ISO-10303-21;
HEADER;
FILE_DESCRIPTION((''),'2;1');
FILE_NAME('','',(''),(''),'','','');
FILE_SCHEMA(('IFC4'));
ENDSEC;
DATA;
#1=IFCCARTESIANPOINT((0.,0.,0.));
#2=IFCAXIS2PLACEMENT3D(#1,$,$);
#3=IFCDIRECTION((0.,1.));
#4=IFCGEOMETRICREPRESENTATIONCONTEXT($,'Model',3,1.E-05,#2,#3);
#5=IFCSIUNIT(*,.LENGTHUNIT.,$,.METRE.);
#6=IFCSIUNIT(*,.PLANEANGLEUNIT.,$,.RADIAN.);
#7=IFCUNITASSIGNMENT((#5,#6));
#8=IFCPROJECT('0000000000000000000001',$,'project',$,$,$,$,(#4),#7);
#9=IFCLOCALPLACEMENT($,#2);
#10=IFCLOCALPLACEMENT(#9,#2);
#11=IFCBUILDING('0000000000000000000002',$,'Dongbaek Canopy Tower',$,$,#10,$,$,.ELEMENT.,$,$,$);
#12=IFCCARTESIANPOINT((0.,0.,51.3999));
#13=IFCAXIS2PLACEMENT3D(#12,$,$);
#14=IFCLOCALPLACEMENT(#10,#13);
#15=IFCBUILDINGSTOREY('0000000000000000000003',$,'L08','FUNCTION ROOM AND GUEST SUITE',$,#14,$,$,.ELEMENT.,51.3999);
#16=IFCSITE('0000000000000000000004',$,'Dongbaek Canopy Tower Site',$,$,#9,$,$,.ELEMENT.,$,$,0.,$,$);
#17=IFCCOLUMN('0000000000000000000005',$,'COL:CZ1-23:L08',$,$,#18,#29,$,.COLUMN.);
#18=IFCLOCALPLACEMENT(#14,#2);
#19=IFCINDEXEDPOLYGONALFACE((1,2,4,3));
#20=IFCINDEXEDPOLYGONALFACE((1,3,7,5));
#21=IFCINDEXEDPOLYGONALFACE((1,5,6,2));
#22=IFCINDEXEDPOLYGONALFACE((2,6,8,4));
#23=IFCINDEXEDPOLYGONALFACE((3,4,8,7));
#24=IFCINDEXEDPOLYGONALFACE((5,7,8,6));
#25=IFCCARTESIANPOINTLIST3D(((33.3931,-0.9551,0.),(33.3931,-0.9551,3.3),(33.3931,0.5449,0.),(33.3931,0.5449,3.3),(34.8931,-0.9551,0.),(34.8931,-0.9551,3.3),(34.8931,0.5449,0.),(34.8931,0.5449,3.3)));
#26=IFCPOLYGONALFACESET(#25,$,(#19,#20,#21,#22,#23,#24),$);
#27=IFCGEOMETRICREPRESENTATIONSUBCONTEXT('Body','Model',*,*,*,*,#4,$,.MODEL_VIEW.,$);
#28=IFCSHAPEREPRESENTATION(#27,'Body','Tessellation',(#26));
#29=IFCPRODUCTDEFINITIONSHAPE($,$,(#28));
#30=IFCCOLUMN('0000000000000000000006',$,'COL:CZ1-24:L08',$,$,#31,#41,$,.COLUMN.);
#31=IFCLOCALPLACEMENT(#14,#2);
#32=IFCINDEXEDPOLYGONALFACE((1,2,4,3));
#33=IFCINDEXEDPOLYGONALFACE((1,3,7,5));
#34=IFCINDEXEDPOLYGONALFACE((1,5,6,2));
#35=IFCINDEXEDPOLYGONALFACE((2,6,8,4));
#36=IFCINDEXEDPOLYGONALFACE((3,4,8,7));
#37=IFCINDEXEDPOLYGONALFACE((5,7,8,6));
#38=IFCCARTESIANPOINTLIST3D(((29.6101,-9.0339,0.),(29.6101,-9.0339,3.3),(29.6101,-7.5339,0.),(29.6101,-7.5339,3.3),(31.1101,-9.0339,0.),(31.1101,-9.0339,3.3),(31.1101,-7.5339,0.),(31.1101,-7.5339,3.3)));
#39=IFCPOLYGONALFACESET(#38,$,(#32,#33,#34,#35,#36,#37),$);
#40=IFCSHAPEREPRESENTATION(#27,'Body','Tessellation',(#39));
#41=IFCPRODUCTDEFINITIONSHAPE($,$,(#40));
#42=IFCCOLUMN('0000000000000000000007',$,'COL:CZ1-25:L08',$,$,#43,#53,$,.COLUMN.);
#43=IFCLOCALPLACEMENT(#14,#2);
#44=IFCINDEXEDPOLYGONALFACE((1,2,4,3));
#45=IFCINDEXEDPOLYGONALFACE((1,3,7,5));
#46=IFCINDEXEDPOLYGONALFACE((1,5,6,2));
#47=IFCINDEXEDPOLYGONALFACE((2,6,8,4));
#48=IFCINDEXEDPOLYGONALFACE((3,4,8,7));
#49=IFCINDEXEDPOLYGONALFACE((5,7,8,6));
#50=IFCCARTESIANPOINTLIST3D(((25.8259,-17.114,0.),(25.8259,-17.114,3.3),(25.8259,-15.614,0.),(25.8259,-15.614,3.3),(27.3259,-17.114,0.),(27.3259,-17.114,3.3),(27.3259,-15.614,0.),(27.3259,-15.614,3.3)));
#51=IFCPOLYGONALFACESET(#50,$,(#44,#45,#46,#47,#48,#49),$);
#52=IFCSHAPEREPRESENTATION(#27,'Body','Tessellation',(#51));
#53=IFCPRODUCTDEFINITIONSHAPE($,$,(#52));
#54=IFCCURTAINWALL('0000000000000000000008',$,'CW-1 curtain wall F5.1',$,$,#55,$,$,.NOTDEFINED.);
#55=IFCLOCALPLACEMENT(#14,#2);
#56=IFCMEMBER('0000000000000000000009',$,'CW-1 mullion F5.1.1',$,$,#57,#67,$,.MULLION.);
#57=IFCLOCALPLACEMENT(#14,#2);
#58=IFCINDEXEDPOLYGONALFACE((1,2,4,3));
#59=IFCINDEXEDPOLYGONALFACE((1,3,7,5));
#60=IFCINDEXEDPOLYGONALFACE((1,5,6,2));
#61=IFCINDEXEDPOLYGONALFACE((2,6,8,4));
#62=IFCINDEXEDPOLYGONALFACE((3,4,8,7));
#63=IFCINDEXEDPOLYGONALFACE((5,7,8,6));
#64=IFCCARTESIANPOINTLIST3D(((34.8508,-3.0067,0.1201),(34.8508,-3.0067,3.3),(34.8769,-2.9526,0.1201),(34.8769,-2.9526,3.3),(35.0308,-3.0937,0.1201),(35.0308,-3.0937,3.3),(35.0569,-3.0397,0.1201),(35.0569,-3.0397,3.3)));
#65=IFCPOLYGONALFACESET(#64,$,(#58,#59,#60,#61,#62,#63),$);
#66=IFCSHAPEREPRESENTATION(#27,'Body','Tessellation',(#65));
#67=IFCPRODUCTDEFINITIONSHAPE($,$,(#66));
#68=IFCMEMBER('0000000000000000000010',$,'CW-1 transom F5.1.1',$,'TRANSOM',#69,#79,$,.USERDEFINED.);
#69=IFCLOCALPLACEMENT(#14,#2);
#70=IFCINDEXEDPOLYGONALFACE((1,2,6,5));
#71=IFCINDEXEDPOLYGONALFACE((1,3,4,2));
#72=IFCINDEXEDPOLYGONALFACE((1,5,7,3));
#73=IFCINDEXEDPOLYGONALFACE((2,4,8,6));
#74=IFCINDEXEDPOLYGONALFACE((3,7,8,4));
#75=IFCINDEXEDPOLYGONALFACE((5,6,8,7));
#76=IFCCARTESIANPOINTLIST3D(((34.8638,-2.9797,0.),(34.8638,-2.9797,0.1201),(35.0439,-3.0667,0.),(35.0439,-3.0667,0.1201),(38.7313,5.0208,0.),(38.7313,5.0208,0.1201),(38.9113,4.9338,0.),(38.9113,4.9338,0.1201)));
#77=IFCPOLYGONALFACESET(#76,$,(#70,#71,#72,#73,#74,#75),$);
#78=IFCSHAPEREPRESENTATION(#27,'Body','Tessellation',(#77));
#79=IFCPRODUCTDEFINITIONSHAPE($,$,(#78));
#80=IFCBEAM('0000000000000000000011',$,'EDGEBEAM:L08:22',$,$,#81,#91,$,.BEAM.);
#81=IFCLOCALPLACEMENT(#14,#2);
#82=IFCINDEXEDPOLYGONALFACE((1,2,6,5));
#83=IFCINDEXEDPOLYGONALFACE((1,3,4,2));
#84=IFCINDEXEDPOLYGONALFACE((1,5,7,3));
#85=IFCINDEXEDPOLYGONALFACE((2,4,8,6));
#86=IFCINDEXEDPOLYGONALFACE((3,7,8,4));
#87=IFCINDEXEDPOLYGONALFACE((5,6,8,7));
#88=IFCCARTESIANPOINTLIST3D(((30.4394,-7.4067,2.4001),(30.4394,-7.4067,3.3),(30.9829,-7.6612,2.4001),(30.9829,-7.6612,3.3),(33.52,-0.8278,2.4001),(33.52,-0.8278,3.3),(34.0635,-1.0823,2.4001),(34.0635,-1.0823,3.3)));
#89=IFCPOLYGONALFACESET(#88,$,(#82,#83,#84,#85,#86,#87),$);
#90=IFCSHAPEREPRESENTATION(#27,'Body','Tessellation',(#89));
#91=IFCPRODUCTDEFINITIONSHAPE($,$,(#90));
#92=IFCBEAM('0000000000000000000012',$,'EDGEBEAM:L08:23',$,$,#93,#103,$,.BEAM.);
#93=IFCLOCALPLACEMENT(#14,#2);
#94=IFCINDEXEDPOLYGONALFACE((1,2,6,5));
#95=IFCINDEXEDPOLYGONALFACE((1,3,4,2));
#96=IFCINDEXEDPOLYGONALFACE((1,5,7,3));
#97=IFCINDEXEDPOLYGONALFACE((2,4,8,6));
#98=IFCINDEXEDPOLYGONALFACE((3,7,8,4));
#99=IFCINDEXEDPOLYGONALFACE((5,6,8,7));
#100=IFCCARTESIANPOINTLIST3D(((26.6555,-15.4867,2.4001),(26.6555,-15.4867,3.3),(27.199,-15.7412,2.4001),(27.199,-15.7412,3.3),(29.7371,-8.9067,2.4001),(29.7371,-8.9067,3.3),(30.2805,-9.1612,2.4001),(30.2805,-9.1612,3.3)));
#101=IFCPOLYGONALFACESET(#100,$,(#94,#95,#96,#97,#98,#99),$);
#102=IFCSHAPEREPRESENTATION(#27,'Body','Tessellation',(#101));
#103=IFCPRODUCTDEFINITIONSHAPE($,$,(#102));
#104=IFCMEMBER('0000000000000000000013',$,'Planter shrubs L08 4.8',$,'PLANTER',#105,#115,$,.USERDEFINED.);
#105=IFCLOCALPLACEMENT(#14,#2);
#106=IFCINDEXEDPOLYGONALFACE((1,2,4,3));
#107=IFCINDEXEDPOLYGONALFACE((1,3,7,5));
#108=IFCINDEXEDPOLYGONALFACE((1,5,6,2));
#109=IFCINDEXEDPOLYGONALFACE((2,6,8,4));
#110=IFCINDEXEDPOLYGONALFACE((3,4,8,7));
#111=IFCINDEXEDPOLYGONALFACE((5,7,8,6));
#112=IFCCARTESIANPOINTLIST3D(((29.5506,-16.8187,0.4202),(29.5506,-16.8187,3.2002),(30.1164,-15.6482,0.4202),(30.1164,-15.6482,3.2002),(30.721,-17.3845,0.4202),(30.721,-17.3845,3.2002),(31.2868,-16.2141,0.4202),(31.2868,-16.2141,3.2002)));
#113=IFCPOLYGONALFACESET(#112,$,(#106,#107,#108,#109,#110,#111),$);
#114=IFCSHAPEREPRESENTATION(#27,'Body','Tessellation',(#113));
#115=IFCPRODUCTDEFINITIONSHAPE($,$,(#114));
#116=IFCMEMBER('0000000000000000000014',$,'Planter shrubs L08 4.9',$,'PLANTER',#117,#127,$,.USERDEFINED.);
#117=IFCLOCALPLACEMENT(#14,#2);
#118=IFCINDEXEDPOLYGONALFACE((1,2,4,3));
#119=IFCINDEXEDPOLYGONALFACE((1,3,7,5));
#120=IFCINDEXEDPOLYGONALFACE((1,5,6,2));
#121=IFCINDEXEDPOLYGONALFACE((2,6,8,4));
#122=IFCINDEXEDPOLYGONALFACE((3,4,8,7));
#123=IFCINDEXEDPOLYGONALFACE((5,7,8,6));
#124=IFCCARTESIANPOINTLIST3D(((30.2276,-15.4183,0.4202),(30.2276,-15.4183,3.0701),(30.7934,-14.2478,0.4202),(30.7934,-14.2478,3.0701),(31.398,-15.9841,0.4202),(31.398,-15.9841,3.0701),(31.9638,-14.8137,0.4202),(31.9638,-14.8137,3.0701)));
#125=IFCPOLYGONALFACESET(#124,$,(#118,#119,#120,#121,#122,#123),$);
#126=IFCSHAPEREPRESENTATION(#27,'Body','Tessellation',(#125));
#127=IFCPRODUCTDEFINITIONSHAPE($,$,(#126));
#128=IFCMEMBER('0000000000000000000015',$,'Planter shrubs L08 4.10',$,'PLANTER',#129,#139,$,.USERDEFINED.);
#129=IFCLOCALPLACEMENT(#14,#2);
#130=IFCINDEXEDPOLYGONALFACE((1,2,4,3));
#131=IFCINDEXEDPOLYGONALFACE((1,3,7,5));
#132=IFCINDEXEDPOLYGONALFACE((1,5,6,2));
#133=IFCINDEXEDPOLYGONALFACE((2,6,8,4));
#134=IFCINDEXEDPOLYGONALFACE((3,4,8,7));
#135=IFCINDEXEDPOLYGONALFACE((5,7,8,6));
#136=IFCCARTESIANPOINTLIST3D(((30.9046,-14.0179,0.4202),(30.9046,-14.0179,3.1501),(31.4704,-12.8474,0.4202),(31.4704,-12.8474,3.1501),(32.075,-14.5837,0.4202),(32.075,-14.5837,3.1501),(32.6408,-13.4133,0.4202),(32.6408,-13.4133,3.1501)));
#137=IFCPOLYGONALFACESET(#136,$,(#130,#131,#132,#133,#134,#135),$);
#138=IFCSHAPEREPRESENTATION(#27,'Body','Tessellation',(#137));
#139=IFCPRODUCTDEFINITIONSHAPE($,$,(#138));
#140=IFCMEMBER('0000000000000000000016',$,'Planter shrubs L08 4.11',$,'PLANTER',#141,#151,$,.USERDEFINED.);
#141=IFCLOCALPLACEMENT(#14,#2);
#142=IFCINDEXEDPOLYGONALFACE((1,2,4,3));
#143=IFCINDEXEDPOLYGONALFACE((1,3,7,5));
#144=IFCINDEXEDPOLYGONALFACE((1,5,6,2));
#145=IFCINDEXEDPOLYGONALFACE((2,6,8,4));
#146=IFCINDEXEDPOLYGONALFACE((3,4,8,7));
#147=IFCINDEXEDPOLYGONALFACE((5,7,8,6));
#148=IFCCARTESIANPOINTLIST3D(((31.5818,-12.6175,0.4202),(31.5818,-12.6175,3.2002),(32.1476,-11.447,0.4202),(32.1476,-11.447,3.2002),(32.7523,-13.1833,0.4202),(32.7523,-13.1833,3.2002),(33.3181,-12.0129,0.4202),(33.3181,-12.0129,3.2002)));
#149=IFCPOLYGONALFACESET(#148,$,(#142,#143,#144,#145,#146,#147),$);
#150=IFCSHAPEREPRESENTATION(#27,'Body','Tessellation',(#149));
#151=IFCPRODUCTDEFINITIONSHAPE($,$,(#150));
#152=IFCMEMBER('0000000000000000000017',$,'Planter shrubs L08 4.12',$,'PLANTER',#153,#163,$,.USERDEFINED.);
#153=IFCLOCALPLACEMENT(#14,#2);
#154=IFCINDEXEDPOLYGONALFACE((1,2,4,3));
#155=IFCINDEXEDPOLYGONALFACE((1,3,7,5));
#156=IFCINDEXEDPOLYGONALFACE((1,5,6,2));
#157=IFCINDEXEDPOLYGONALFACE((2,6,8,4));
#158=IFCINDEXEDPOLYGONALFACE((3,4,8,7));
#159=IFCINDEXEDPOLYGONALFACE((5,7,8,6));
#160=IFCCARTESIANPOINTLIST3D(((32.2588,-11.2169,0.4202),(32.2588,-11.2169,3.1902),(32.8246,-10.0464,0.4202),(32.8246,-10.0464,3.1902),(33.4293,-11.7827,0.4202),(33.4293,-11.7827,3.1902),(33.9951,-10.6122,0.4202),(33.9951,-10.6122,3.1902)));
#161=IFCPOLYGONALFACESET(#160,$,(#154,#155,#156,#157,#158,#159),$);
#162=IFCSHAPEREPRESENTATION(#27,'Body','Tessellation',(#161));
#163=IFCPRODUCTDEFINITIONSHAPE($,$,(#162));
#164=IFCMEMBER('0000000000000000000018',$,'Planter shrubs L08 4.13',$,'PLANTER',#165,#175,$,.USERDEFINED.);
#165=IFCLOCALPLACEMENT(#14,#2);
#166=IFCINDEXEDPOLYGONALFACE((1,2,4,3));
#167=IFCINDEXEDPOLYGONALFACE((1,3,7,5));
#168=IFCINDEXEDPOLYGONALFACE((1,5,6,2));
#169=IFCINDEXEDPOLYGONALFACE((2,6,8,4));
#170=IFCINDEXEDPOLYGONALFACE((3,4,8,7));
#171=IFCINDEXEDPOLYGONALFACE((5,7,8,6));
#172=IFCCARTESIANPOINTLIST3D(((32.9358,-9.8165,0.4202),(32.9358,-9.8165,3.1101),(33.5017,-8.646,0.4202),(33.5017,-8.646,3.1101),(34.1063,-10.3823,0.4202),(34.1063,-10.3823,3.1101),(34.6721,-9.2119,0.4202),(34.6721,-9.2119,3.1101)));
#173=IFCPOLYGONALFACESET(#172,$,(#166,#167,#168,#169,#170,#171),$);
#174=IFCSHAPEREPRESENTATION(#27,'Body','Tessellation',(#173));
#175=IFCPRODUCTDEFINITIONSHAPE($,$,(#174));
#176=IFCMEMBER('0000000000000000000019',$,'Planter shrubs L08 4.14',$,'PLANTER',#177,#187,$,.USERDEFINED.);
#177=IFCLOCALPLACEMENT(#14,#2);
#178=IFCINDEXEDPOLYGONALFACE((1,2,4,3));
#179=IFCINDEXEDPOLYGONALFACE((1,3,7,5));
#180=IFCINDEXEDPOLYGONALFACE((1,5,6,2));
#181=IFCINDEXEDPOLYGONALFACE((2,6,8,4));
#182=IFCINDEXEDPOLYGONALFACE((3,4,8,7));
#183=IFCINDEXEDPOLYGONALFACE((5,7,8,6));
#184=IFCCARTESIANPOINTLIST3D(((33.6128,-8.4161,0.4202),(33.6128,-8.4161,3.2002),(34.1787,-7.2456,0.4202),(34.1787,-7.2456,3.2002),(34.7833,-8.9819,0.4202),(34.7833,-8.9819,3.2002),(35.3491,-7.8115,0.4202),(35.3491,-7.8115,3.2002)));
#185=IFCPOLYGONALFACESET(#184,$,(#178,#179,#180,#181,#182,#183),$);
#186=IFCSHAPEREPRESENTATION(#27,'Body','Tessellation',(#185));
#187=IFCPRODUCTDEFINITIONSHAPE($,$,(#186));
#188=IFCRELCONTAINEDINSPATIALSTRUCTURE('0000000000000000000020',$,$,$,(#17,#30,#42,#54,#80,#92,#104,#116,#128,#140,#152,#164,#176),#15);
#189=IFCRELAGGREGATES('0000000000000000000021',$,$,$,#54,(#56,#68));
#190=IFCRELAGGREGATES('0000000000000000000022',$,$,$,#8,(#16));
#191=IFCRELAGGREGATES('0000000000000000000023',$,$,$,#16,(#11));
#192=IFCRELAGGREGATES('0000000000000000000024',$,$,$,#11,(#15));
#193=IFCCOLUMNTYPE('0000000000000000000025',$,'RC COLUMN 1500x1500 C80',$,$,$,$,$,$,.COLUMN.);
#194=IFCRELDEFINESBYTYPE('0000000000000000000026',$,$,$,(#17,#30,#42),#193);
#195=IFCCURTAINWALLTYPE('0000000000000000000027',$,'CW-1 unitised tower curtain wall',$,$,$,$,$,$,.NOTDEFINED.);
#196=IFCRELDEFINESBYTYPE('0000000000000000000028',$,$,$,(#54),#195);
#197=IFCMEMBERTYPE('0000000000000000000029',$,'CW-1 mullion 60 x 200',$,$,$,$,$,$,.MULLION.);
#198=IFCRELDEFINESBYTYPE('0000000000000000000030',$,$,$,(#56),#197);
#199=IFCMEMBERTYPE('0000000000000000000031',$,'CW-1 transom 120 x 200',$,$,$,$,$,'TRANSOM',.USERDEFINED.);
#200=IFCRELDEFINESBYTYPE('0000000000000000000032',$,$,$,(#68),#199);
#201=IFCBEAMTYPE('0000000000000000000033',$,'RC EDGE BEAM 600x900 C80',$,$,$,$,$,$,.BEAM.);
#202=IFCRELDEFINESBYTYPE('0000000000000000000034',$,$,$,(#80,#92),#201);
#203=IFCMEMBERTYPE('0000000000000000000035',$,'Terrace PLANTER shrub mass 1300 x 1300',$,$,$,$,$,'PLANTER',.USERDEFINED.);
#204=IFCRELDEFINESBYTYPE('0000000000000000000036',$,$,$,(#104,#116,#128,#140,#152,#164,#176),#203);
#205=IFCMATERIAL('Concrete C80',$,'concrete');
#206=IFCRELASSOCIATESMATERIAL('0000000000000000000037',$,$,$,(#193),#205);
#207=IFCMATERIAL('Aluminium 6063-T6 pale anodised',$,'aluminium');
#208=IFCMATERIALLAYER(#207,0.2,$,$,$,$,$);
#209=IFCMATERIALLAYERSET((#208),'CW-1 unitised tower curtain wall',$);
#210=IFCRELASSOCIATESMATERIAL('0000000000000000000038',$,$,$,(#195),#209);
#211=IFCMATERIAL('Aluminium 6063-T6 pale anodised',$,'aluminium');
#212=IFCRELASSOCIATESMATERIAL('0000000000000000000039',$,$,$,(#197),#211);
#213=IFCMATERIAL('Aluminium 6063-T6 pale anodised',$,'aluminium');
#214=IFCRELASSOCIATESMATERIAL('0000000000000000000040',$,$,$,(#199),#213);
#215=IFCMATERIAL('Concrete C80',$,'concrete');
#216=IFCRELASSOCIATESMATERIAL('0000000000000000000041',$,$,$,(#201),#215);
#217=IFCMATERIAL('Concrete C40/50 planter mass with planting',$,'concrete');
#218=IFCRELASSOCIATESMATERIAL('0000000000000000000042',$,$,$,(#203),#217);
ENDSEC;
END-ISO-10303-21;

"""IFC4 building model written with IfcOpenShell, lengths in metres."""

from ifc_helpers import new_model, si_unit, direction, frame, origin, origin_2d, place, context, subcontext, project, spatial, rectangle, extrude, material, layer, layer_set, material_profile, profile_set, type_object, element, aggregate, save


model = new_model("IFC4")

# Units and contexts
model_context = context("Model", 3, precision=1e-05, world=origin(), true_north=direction((0.0, 1.0)))
body_context = subcontext(model_context, "Body", "Model", "MODEL_VIEW")
ifc_project = project(units=[si_unit("LENGTHUNIT", "METRE"), si_unit("PLANEANGLEUNIT", "RADIAN")], contexts=[model_context])

# Site, building, storey
site_placement = place(None, origin())
site = spatial("IfcSite", under=ifc_project, at=site_placement, Name="Dongbaek Canopy Tower Site", CompositionType="ELEMENT", RefElevation=0.0)
building_placement = place(site_placement, origin())
building = spatial("IfcBuilding", under=site, at=building_placement, Name="Dongbaek Canopy Tower", CompositionType="ELEMENT")
storey_placement = place(building_placement, frame((0.0, 0.0, 51.3999)))
storey = spatial("IfcBuildingStorey", under=building, at=storey_placement, Name="L08", Description="FUNCTION ROOM AND GUEST SUITE", CompositionType="ELEMENT", Elevation=51.3999)

# Columns
ifc_material_1 = material(Name="Concrete C80", Category="concrete")
ifc_material_profile_1 = material_profile(ifc_material_1, rectangle(XDim=1.5, YDim=1.5, at=origin_2d()), Name="RC COLUMN 1500x1500 C80")
ifc_profile_set_1 = profile_set([ifc_material_profile_1], Name="Concrete C80")
column_type = type_object("IfcColumnType", Name="RC COLUMN 1500x1500 C80", PredefinedType="COLUMN", material=ifc_profile_set_1)
for number, where, z_axis, x_axis, name in (
    (1, (34.1431, -0.2051, 0.0), (0.0, 0.0, 1.0), (1.0, 0.0, 0.0), "COL:CZ1-23:L08"),
    (2, (30.3601, -8.2839, 0.0), (0.0, 0.0, 1.0), (1.0, 0.0, 0.0), "COL:CZ1-24:L08"),
    (3, (26.5759, -16.364, 0.0), (0.0, 0.0, 1.0), (1.0, 0.0, 0.0), "COL:CZ1-25:L08"),
):
    element("IfcColumn", number, at=place(storey_placement, frame(where, z_axis=z_axis, x_axis=x_axis)), inside=storey, type_object=column_type, Name=name, PredefinedType="COLUMN", context=body_context, shape_type="SweptSolid", body=[
        extrude(rectangle(XDim=1.5, YDim=1.5, at=origin_2d()), origin(), (0.0, 0.0, 1.0), 3.3),
    ])

# Curtain wall, members
ifc_material_2 = material(Name="Aluminium 6063-T6 pale anodised", Category="aluminium")
ifc_layer_1 = layer(ifc_material_2, 0.2)
ifc_layer_set_1 = layer_set([ifc_layer_1], Name="CW-1 unitised tower curtain wall")
curtain_wall_type = type_object("IfcCurtainWallType", Name="CW-1 unitised tower curtain wall", PredefinedType="NOTDEFINED", material=ifc_layer_set_1)
curtain_wall_placement = place(storey_placement, origin())
curtain_wall = element("IfcCurtainWall", 4, at=curtain_wall_placement, inside=storey, type_object=curtain_wall_type, Name="CW-1 curtain wall F5.1", PredefinedType="NOTDEFINED")
ifc_material_3 = material(Name="Aluminium 6063-T6 pale anodised", Category="aluminium")
ifc_material_profile_2 = material_profile(ifc_material_3, rectangle(XDim=0.2, YDim=0.0601, at=origin_2d()), Name="CW-1 mullion 60 x 200")
ifc_profile_set_2 = profile_set([ifc_material_profile_2], Name="Aluminium 6063-T6 pale anodised")
member_type_1 = type_object("IfcMemberType", Name="CW-1 mullion 60 x 200", PredefinedType="MULLION", material=ifc_profile_set_2)
member_1_placement = place(storey_placement, frame((34.9539, -3.0232, 0.1201), z_axis=(0.0, 0.0, 1.0), x_axis=(0.900312, -0.435245, 0.0)))
member_1 = element("IfcMember", 5, at=member_1_placement, type_object=member_type_1, Name="CW-1 mullion F5.1.1", PredefinedType="MULLION", context=body_context, shape_type="SweptSolid", body=[
    extrude(rectangle(XDim=0.2, YDim=0.0601, at=origin_2d()), origin(), (0.0, 0.0, 1.0), 3.1799),
])
ifc_material_4 = material(Name="Aluminium 6063-T6 pale anodised", Category="aluminium")
ifc_material_profile_3 = material_profile(ifc_material_4, rectangle(XDim=0.2, YDim=0.1201, at=origin_2d()), Name="CW-1 transom 120 x 200")
ifc_profile_set_3 = profile_set([ifc_material_profile_3], Name="Aluminium 6063-T6 pale anodised")
member_type_2 = type_object("IfcMemberType", Name="CW-1 transom 120 x 200", ElementType="TRANSOM", PredefinedType="USERDEFINED", material=ifc_profile_set_3)
member_2_placement = place(storey_placement, frame((34.9539, -3.0232, 0.0601), z_axis=(0.435217, 0.900326, 0.0), x_axis=(-0.900326, 0.435217, 0.0)))
member_2 = element("IfcMember", 6, at=member_2_placement, type_object=member_type_2, Name="CW-1 transom F5.1.1", ObjectType="TRANSOM", PredefinedType="USERDEFINED", context=body_context, shape_type="SweptSolid", body=[
    extrude(rectangle(XDim=0.2, YDim=0.1201, at=origin_2d()), origin(), (0.0, 0.0, 1.0), 8.8862),
])

# Beams
ifc_material_5 = material(Name="Concrete C80", Category="concrete")
ifc_material_profile_4 = material_profile(ifc_material_5, rectangle(XDim=0.6001, YDim=0.8999, at=origin_2d()), Name="RC EDGE BEAM 600x900 C80")
ifc_profile_set_4 = profile_set([ifc_material_profile_4], Name="Concrete C80")
beam_type = type_object("IfcBeamType", Name="RC EDGE BEAM 600x900 C80", PredefinedType="BEAM", material=ifc_profile_set_4)
beam_1_placement = place(storey_placement, frame((33.7917, -0.9551, 2.8501), z_axis=(-0.424064, -0.905632, 0.0), x_axis=(0.905632, -0.424064, 0.0)))
element("IfcBeam", 7, at=beam_1_placement, inside=storey, type_object=beam_type, Name="EDGEBEAM:L08:22", PredefinedType="BEAM", context=body_context, shape_type="SweptSolid", body=[
    extrude(rectangle(XDim=0.6001, YDim=0.8999, at=origin_2d()), origin(), (0.0, 0.0, 1.0), 7.2644),
])
beam_2_placement = place(storey_placement, frame((30.0088, -9.0339, 2.8501), z_axis=(-0.42411, -0.905611, 0.0), x_axis=(0.905611, -0.42411, 0.0)))
element("IfcBeam", 8, at=beam_2_placement, inside=storey, type_object=beam_type, Name="EDGEBEAM:L08:23", PredefinedType="BEAM", context=body_context, shape_type="SweptSolid", body=[
    extrude(rectangle(XDim=0.6001, YDim=0.8999, at=origin_2d()), origin(), (0.0, 0.0, 1.0), 7.2659),
])

# Members
ifc_material_6 = material(Name="Concrete C40/50 planter mass with planting", Category="concrete")
ifc_material_profile_5 = material_profile(ifc_material_6, rectangle(XDim=1.3, YDim=1.3, at=origin_2d()), Name="Terrace PLANTER shrub mass 1300 x 1300")
ifc_profile_set_5 = profile_set([ifc_material_profile_5], Name="Concrete C40/50 planter mass with planting")
member_type_3 = type_object("IfcMemberType", Name="Terrace PLANTER shrub mass 1300 x 1300", ElementType="PLANTER", PredefinedType="USERDEFINED", material=ifc_profile_set_5)
member_3_placement = place(storey_placement, frame((30.4187, -16.5164, 0.4202), z_axis=(0.0, 0.0, 1.0), x_axis=(0.900312, -0.435245, 0.0)))
element("IfcMember", 9, at=member_3_placement, inside=storey, type_object=member_type_3, Name="Planter shrubs L08 4.8", ObjectType="PLANTER", PredefinedType="USERDEFINED", context=body_context, shape_type="SweptSolid", body=[
    extrude(rectangle(XDim=1.3, YDim=1.3, at=origin_2d()), origin(), (0.0, 0.0, 1.0), 2.78),
])
member_4_placement = place(storey_placement, frame((31.0957, -15.116, 0.4202), z_axis=(0.0, 0.0, 1.0), x_axis=(0.900312, -0.435245, 0.0)))
element("IfcMember", 10, at=member_4_placement, inside=storey, type_object=member_type_3, Name="Planter shrubs L08 4.9", ObjectType="PLANTER", PredefinedType="USERDEFINED", context=body_context, shape_type="SweptSolid", body=[
    extrude(rectangle(XDim=1.3, YDim=1.3, at=origin_2d()), origin(), (0.0, 0.0, 1.0), 2.6499),
])
member_5_placement = place(storey_placement, frame((31.7727, -13.7156, 0.4202), z_axis=(0.0, 0.0, 1.0), x_axis=(0.900312, -0.435245, 0.0)))
element("IfcMember", 11, at=member_5_placement, inside=storey, type_object=member_type_3, Name="Planter shrubs L08 4.10", ObjectType="PLANTER", PredefinedType="USERDEFINED", context=body_context, shape_type="SweptSolid", body=[
    extrude(rectangle(XDim=1.3, YDim=1.3, at=origin_2d()), origin(), (0.0, 0.0, 1.0), 2.73),
])
member_6_placement = place(storey_placement, frame((32.45, -12.3152, 0.4202), z_axis=(0.0, 0.0, 1.0), x_axis=(0.900312, -0.435245, 0.0)))
element("IfcMember", 12, at=member_6_placement, inside=storey, type_object=member_type_3, Name="Planter shrubs L08 4.11", ObjectType="PLANTER", PredefinedType="USERDEFINED", context=body_context, shape_type="SweptSolid", body=[
    extrude(rectangle(XDim=1.3, YDim=1.3, at=origin_2d()), origin(), (0.0, 0.0, 1.0), 2.78),
])
member_7_placement = place(storey_placement, frame((33.127, -10.9146, 0.4202), z_axis=(0.0, 0.0, 1.0), x_axis=(0.900312, -0.435245, 0.0)))
element("IfcMember", 13, at=member_7_placement, inside=storey, type_object=member_type_3, Name="Planter shrubs L08 4.12", ObjectType="PLANTER", PredefinedType="USERDEFINED", context=body_context, shape_type="SweptSolid", body=[
    extrude(rectangle(XDim=1.3, YDim=1.3, at=origin_2d()), origin(), (0.0, 0.0, 1.0), 2.77),
])
member_8_placement = place(storey_placement, frame((33.804, -9.5142, 0.4202), z_axis=(0.0, 0.0, 1.0), x_axis=(0.900312, -0.435245, 0.0)))
element("IfcMember", 14, at=member_8_placement, inside=storey, type_object=member_type_3, Name="Planter shrubs L08 4.13", ObjectType="PLANTER", PredefinedType="USERDEFINED", context=body_context, shape_type="SweptSolid", body=[
    extrude(rectangle(XDim=1.3, YDim=1.3, at=origin_2d()), origin(), (0.0, 0.0, 1.0), 2.6899),
])
member_9_placement = place(storey_placement, frame((34.481, -8.1138, 0.4202), z_axis=(0.0, 0.0, 1.0), x_axis=(0.900312, -0.435245, 0.0)))
element("IfcMember", 15, at=member_9_placement, inside=storey, type_object=member_type_3, Name="Planter shrubs L08 4.14", ObjectType="PLANTER", PredefinedType="USERDEFINED", context=body_context, shape_type="SweptSolid", body=[
    extrude(rectangle(XDim=1.3, YDim=1.3, at=origin_2d()), origin(), (0.0, 0.0, 1.0), 2.78),
])

aggregate(curtain_wall, [member_1, member_2])

save(model, "model.ifc")
